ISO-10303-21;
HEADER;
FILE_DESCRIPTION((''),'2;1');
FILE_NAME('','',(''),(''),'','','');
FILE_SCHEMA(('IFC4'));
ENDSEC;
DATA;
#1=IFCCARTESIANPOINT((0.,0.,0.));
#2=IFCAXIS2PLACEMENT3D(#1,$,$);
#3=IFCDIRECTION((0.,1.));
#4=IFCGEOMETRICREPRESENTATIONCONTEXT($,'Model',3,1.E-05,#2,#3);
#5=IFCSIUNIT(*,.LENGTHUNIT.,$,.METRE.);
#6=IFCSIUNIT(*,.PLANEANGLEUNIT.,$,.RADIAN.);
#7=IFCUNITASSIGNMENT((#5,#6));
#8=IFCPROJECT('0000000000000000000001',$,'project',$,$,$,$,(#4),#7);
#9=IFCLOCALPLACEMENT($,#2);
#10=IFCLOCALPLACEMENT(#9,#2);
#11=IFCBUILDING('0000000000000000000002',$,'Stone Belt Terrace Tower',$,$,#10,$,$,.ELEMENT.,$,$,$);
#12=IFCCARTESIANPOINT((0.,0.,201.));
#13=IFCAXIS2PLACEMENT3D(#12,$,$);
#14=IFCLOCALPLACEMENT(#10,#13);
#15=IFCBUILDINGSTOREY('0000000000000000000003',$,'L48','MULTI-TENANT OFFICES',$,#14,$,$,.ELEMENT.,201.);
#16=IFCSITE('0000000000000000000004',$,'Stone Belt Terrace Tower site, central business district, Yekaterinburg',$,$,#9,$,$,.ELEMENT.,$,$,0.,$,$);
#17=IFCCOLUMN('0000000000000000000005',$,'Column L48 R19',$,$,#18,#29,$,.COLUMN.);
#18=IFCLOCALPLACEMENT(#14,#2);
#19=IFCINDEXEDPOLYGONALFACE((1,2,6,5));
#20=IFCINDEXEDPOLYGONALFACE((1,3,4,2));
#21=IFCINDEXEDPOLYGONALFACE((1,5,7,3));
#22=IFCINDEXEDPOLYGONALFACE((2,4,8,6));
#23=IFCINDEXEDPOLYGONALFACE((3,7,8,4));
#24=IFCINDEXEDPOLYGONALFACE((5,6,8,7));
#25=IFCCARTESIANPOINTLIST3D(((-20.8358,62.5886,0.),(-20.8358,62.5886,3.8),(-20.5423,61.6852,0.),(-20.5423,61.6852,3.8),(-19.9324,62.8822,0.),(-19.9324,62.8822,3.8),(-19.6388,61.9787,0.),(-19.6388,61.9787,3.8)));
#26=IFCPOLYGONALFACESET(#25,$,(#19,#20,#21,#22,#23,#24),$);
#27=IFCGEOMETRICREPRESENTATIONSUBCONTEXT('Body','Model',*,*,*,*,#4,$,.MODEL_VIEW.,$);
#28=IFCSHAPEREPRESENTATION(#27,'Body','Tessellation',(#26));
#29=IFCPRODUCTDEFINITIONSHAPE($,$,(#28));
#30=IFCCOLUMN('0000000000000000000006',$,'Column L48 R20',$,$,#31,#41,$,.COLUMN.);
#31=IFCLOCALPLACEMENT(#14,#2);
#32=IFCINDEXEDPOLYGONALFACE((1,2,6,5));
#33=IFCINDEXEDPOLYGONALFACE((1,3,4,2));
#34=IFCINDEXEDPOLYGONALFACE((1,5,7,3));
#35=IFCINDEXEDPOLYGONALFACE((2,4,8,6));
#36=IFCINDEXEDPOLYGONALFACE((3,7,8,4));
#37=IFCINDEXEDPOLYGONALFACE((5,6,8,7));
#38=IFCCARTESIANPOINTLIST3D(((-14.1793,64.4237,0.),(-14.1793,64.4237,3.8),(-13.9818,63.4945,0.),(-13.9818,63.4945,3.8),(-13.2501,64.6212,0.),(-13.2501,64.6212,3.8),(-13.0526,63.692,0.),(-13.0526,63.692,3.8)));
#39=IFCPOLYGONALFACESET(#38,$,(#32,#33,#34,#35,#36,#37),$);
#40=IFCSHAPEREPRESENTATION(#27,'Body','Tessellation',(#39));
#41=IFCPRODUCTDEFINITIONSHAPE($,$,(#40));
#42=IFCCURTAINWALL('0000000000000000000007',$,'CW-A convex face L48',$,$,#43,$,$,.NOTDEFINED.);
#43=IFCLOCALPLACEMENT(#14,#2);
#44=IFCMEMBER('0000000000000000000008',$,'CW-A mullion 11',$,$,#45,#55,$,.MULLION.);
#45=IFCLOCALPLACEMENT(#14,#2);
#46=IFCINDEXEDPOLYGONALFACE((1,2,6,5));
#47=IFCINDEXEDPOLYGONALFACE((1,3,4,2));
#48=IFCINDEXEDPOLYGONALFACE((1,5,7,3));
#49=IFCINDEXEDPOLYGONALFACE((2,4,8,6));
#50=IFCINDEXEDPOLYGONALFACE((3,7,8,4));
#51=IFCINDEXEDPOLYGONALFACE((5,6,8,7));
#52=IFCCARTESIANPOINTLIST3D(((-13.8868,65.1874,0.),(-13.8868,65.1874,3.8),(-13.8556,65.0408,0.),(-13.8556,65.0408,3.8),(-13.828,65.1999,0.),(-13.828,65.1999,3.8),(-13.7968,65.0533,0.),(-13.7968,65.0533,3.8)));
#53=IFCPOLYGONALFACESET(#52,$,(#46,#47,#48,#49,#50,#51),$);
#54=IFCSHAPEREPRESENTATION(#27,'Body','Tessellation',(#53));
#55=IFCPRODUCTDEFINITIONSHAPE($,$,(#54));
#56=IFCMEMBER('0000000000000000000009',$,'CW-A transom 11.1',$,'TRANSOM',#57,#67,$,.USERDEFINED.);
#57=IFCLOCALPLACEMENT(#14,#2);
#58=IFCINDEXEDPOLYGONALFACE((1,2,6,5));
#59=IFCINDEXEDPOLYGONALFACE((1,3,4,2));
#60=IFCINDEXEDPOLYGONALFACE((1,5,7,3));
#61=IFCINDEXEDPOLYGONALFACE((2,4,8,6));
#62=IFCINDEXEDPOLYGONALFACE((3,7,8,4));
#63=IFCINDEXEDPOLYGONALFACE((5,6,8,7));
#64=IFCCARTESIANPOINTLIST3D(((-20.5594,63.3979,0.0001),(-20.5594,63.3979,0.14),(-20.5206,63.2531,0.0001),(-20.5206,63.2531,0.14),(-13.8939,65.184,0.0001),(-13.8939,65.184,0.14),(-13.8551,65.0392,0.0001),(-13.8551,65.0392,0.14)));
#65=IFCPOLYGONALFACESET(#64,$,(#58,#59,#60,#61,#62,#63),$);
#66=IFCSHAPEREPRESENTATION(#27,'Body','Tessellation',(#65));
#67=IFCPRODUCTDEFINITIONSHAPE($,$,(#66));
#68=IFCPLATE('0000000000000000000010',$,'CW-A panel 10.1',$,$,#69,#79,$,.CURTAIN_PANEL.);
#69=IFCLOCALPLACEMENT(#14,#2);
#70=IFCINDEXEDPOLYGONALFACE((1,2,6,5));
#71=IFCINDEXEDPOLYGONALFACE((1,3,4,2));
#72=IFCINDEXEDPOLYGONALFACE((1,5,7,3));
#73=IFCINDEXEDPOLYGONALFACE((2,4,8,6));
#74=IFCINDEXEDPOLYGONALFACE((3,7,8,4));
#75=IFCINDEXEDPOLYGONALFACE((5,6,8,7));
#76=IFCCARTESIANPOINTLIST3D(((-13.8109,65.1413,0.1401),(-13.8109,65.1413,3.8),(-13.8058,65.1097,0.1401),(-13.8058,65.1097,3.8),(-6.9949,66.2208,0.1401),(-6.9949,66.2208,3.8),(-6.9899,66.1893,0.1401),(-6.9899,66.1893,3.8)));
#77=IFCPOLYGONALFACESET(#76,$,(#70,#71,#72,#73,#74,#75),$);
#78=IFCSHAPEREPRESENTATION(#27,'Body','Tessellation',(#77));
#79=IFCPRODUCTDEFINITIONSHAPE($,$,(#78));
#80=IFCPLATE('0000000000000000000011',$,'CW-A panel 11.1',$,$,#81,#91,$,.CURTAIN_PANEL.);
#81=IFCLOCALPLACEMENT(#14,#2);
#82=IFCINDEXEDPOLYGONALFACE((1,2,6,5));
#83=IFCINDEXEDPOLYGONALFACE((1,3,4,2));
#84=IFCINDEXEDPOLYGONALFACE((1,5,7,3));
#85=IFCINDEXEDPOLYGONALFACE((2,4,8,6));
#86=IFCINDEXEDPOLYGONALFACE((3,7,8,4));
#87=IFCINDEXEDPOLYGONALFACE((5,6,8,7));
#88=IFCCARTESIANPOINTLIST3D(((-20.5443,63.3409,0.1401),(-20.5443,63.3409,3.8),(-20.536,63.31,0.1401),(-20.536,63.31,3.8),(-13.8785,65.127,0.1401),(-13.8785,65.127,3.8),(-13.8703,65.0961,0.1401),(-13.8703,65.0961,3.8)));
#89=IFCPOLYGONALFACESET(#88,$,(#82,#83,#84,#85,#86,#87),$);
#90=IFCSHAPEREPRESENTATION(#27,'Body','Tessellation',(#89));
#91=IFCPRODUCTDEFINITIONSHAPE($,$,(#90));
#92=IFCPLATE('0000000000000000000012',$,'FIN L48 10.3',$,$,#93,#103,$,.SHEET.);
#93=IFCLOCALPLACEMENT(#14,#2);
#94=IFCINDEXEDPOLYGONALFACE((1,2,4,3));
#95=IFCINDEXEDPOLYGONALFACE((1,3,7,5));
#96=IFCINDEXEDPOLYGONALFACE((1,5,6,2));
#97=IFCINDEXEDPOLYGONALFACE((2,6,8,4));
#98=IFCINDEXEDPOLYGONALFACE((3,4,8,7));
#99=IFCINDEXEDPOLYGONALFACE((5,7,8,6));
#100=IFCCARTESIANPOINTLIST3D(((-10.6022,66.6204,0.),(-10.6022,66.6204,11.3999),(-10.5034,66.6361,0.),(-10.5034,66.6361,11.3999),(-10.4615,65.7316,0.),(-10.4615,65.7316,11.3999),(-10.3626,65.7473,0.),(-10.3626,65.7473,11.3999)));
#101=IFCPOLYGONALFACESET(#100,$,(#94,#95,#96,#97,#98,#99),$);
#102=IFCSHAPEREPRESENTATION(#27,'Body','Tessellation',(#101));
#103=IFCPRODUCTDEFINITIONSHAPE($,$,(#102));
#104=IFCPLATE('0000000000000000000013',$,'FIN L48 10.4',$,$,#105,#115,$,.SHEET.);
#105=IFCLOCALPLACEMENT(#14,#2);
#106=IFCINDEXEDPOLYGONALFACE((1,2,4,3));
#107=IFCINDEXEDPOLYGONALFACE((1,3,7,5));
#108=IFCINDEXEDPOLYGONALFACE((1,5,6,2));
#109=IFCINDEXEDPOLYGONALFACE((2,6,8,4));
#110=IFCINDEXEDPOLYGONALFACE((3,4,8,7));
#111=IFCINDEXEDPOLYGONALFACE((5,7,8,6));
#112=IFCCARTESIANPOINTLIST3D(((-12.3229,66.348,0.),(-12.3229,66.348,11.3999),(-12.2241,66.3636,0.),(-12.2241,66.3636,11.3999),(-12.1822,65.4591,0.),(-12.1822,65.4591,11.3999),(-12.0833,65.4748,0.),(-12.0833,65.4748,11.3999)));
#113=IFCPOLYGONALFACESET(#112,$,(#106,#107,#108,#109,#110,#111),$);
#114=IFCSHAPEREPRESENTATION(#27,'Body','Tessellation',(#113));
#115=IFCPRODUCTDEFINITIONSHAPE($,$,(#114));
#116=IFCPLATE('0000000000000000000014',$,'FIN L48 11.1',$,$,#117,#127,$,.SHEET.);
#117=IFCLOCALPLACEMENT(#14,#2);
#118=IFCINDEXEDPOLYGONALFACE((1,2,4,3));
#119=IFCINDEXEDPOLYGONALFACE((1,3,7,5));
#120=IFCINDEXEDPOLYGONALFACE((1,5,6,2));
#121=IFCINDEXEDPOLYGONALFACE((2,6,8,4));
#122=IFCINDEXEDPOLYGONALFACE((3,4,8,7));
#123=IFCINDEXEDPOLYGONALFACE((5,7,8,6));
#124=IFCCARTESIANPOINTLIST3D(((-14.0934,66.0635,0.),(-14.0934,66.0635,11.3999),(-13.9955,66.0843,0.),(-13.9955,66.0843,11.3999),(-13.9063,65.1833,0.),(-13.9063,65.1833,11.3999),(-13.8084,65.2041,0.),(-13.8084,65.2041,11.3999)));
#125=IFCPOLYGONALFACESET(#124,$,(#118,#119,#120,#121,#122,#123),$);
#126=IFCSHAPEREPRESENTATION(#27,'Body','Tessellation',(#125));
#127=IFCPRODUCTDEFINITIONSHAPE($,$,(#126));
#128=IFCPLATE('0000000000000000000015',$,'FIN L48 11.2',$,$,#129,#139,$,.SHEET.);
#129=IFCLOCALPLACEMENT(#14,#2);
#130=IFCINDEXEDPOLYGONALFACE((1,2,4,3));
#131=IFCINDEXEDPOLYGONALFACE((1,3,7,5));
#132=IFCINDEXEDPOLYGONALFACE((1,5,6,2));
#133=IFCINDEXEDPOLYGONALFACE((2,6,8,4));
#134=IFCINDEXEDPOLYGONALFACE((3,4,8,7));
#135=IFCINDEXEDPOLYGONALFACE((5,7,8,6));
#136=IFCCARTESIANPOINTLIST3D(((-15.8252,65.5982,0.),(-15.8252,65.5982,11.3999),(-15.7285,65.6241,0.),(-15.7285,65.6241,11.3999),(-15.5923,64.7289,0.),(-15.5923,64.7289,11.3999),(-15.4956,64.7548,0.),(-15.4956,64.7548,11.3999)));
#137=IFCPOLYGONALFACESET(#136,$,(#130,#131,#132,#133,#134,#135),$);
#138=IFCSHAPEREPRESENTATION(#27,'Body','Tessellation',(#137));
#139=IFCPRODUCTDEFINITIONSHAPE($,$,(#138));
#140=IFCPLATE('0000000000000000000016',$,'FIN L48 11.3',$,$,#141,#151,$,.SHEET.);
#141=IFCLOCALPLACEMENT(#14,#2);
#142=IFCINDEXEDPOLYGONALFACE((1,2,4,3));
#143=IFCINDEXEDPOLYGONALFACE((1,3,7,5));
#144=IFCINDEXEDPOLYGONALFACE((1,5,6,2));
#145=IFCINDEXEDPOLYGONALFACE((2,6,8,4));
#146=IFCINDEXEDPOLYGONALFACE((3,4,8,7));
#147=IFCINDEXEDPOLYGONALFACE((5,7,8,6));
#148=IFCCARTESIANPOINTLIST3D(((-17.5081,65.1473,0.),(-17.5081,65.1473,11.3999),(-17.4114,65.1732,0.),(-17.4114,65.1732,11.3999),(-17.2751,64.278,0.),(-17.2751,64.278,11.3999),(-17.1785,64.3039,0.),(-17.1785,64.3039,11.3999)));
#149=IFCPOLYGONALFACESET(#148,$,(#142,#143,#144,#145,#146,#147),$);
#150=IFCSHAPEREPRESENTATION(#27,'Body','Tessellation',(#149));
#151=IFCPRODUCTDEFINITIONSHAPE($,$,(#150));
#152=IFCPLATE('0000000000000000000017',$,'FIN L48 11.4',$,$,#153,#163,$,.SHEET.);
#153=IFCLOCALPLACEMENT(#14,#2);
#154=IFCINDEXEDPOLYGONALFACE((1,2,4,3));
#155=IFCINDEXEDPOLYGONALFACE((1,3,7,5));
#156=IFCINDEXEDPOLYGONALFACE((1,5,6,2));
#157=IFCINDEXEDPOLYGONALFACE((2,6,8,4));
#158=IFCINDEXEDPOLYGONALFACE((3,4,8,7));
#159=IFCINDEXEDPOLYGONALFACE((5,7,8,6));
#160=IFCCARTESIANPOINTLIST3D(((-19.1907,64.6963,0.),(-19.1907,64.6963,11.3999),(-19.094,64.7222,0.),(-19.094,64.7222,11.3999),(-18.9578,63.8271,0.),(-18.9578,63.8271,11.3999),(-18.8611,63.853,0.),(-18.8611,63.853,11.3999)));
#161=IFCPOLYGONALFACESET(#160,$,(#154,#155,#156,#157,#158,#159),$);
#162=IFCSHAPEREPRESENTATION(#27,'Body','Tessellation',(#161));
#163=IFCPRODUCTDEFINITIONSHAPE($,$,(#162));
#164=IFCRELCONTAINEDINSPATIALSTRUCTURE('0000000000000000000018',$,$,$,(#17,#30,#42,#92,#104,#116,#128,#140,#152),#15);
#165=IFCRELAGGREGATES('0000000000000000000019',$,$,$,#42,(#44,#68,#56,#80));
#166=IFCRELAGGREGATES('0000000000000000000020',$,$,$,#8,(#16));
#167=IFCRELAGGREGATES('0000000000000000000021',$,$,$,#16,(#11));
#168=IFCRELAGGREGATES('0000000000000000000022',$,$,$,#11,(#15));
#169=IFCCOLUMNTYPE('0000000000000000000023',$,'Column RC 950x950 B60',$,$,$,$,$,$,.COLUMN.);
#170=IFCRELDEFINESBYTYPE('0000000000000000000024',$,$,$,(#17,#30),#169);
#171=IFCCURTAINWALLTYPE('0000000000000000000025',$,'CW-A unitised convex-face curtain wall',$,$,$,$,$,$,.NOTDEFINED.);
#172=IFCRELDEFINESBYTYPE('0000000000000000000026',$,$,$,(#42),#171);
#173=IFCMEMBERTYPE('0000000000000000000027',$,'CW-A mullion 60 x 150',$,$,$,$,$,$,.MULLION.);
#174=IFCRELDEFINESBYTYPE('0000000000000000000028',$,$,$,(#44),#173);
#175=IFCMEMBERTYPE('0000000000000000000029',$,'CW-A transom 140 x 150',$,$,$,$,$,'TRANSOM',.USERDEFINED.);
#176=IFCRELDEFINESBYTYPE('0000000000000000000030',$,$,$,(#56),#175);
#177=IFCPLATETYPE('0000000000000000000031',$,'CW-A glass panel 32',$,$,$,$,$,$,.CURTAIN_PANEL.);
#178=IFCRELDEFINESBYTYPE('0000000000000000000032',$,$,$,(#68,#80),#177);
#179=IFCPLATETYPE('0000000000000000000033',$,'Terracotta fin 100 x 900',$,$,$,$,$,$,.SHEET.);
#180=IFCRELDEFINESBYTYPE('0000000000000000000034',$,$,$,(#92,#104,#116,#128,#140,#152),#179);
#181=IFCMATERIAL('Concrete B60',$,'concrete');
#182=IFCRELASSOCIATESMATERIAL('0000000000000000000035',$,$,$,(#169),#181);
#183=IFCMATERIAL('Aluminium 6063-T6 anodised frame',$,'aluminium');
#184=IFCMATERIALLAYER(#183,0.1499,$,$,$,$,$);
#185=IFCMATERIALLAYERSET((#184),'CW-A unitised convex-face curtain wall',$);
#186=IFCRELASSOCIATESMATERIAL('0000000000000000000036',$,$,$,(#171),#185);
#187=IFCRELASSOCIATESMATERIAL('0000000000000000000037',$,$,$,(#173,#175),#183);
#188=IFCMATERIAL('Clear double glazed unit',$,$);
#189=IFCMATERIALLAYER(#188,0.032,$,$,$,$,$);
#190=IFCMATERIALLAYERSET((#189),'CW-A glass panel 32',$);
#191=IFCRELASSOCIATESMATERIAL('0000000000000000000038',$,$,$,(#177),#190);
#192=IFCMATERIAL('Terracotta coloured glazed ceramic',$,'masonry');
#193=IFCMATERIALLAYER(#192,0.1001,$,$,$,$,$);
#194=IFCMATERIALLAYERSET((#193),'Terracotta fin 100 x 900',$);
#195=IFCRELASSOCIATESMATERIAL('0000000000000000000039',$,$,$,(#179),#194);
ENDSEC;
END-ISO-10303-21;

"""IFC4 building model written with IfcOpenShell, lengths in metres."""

from ifc_helpers import new_model, si_unit, direction, frame, origin, origin_2d, place, context, subcontext, project, spatial, rectangle, extrude, material, layer, layer_set, material_profile, profile_set, type_object, element, aggregate, save


model = new_model("IFC4")

# Units and contexts
model_context = context("Model", 3, precision=1e-05, world=origin(), true_north=direction((0.0, 1.0)))
body_context = subcontext(model_context, "Body", "Model", "MODEL_VIEW")
ifc_project = project(units=[si_unit("LENGTHUNIT", "METRE"), si_unit("PLANEANGLEUNIT", "RADIAN")], contexts=[model_context])

# Site, building, storey
site_placement = place(None, origin())
site = spatial("IfcSite", under=ifc_project, at=site_placement, Name="Stone Belt Terrace Tower site, central business district, Yekaterinburg", CompositionType="ELEMENT", RefElevation=0.0)
building_placement = place(site_placement, origin())
building = spatial("IfcBuilding", under=site, at=building_placement, Name="Stone Belt Terrace Tower", CompositionType="ELEMENT")
storey_placement = place(building_placement, frame((0.0, 0.0, 201.0)))
storey = spatial("IfcBuildingStorey", under=building, at=storey_placement, Name="L48", Description="MULTI-TENANT OFFICES", CompositionType="ELEMENT", Elevation=201.0)

# Columns
ifc_material_1 = material(Name="Concrete B60", Category="concrete")
ifc_material_profile_1 = material_profile(ifc_material_1, rectangle(XDim=0.95, YDim=0.95, at=origin_2d()), Name="RC 950x950")
ifc_profile_set_1 = profile_set([ifc_material_profile_1], Name="Concrete B60")
column_type = type_object("IfcColumnType", Name="Column RC 950x950 B60", PredefinedType="COLUMN", material=ifc_profile_set_1)
for number, where, z_axis, x_axis, name in (
    (1, (-20.2373, 62.2837, 0.0), (0.0, 0.0, 1.0), (0.951057, 0.309017, 0.0), "Column L48 R19"),
    (2, (-13.616, 64.0579, 0.0), (0.0, 0.0, 1.0), (0.978148, 0.207912, 0.0), "Column L48 R20"),
):
    element("IfcColumn", number, at=place(storey_placement, frame(where, z_axis=z_axis, x_axis=x_axis)), inside=storey, type_object=column_type, Name=name, PredefinedType="COLUMN", context=body_context, shape_type="SweptSolid", body=[
        extrude(rectangle(XDim=0.95, YDim=0.95, at=origin_2d()), origin(), (0.0, 0.0, 1.0), 3.8),
    ])

# Curtain wall, members, plates
ifc_material_2 = material(Name="Aluminium 6063-T6 anodised frame", Category="aluminium")
ifc_layer_1 = layer(ifc_material_2, 0.1499)
ifc_layer_set_1 = layer_set([ifc_layer_1], Name="CW-A unitised convex-face curtain wall")
curtain_wall_type = type_object("IfcCurtainWallType", Name="CW-A unitised convex-face curtain wall", PredefinedType="NOTDEFINED", material=ifc_layer_set_1)
curtain_wall_placement = place(storey_placement, origin())
curtain_wall = element("IfcCurtainWall", 3, at=curtain_wall_placement, inside=storey, type_object=curtain_wall_type, Name="CW-A convex face L48", PredefinedType="NOTDEFINED")
ifc_material_profile_2 = material_profile(ifc_material_2, rectangle(XDim=0.1499, YDim=0.0601, at=origin_2d()), Name="Aluminium 6063-T6 60x150")
ifc_profile_set_2 = profile_set([ifc_material_profile_2], Name="Aluminium 6063-T6 anodised frame")
member_type_1 = type_object("IfcMemberType", Name="CW-A mullion 60 x 150", PredefinedType="MULLION", material=ifc_profile_set_2)
member_1_placement = place(storey_placement, frame((-13.8418, 65.1204, 0.0), z_axis=(0.0, 0.0, 1.0), x_axis=(0.207912, -0.978148, 0.0)))
member_1 = element("IfcMember", 4, at=member_1_placement, type_object=member_type_1, Name="CW-A mullion 11", PredefinedType="MULLION", context=body_context, shape_type="SweptSolid", body=[
    extrude(rectangle(XDim=0.1499, YDim=0.0601, at=origin_2d()), origin(), (0.0, 0.0, 1.0), 3.8),
])
ifc_material_profile_3 = material_profile(ifc_material_2, rectangle(XDim=0.1499, YDim=0.1399, at=origin_2d()), Name="Aluminium 6063-T6 150x140")
ifc_profile_set_3 = profile_set([ifc_material_profile_3], Name="Aluminium 6063-T6 anodised frame")
member_type_2 = type_object("IfcMemberType", Name="CW-A transom 140 x 150", ElementType="TRANSOM", PredefinedType="USERDEFINED", material=ifc_profile_set_3)
member_2_placement = place(storey_placement, frame((-13.8745, 65.1116, 0.0701), z_axis=(-0.965922, -0.258834, 0.0), x_axis=(0.258834, -0.965922, 0.0)))
member_2 = element("IfcMember", 5, at=member_2_placement, type_object=member_type_2, Name="CW-A transom 11.1", ObjectType="TRANSOM", PredefinedType="USERDEFINED", context=body_context, shape_type="SweptSolid", body=[
    extrude(rectangle(XDim=0.1499, YDim=0.1399, at=origin_2d()), origin(), (0.0, 0.0, 1.0), 6.9006),
])
ifc_material_3 = material(Name="Clear double glazed unit")
ifc_layer_2 = layer(ifc_material_3, 0.032)
ifc_layer_set_2 = layer_set([ifc_layer_2], Name="CW-A glass panel 32")
plate_type_1 = type_object("IfcPlateType", Name="CW-A glass panel 32", PredefinedType="CURTAIN_PANEL", material=ifc_layer_set_2)
plate_1_placement = place(storey_placement, frame((-10.4004, 65.6653, 0.1401), z_axis=(0.0, 0.0, 1.0), x_axis=(-0.987688, -0.156434, 0.0)))
plate_1 = element("IfcPlate", 6, at=plate_1_placement, type_object=plate_type_1, Name="CW-A panel 10.1", PredefinedType="CURTAIN_PANEL", context=body_context, shape_type="SweptSolid", body=[
    extrude(rectangle(XDim=6.9009, YDim=0.032, at=origin_2d()), origin(), (0.0, 0.0, 1.0), 3.6599),
])
plate_2_placement = place(storey_placement, frame((-17.2073, 64.2185, 0.1401), z_axis=(0.0, 0.0, 1.0), x_axis=(-0.965926, -0.258819, 0.0)))
plate_2 = element("IfcPlate", 7, at=plate_2_placement, type_object=plate_type_1, Name="CW-A panel 11.1", PredefinedType="CURTAIN_PANEL", context=body_context, shape_type="SweptSolid", body=[
    extrude(rectangle(XDim=6.9009, YDim=0.032, at=origin_2d()), origin(), (0.0, 0.0, 1.0), 3.6599),
])
aggregate(curtain_wall, [member_1, plate_1, member_2, plate_2])

# Plates
ifc_material_4 = material(Name="Terracotta coloured glazed ceramic", Category="masonry")
ifc_layer_3 = layer(ifc_material_4, 0.1001)
ifc_layer_set_3 = layer_set([ifc_layer_3], Name="Terracotta fin 100 x 900")
plate_type_2 = type_object("IfcPlateType", Name="Terracotta fin 100 x 900", PredefinedType="SHEET", material=ifc_layer_set_3)
for number, where, z_axis, x_axis, name in (
    (8, (-10.4824, 66.1838, 0.0), (0.0, 0.0, 1.0), (-0.156434, 0.987688, 0.0), "FIN L48 10.3"),
    (9, (-12.2031, 65.9114, 0.0), (0.0, 0.0, 1.0), (-0.156434, 0.987688, 0.0), "FIN L48 10.4"),
    (10, (-13.9509, 65.6338, 0.0), (0.0, 0.0, 1.0), (-0.207912, 0.978148, 0.0), "FIN L48 11.1"),
    (11, (-15.6604, 65.1765, 0.0), (0.0, 0.0, 1.0), (-0.258819, 0.965926, 0.0), "FIN L48 11.2"),
    (12, (-17.3433, 64.7256, 0.0), (0.0, 0.0, 1.0), (-0.258819, 0.965926, 0.0), "FIN L48 11.3"),
    (13, (-19.0259, 64.2747, 0.0), (0.0, 0.0, 1.0), (-0.258819, 0.965926, 0.0), "FIN L48 11.4"),
):
    element("IfcPlate", number, at=place(storey_placement, frame(where, z_axis=z_axis, x_axis=x_axis)), inside=storey, type_object=plate_type_2, Name=name, PredefinedType="SHEET", context=body_context, shape_type="SweptSolid", body=[
        extrude(rectangle(XDim=0.8999, YDim=0.1001, at=origin_2d()), origin(), (0.0, 0.0, 1.0), 11.3999),
    ])

save(model, "model.ifc")
